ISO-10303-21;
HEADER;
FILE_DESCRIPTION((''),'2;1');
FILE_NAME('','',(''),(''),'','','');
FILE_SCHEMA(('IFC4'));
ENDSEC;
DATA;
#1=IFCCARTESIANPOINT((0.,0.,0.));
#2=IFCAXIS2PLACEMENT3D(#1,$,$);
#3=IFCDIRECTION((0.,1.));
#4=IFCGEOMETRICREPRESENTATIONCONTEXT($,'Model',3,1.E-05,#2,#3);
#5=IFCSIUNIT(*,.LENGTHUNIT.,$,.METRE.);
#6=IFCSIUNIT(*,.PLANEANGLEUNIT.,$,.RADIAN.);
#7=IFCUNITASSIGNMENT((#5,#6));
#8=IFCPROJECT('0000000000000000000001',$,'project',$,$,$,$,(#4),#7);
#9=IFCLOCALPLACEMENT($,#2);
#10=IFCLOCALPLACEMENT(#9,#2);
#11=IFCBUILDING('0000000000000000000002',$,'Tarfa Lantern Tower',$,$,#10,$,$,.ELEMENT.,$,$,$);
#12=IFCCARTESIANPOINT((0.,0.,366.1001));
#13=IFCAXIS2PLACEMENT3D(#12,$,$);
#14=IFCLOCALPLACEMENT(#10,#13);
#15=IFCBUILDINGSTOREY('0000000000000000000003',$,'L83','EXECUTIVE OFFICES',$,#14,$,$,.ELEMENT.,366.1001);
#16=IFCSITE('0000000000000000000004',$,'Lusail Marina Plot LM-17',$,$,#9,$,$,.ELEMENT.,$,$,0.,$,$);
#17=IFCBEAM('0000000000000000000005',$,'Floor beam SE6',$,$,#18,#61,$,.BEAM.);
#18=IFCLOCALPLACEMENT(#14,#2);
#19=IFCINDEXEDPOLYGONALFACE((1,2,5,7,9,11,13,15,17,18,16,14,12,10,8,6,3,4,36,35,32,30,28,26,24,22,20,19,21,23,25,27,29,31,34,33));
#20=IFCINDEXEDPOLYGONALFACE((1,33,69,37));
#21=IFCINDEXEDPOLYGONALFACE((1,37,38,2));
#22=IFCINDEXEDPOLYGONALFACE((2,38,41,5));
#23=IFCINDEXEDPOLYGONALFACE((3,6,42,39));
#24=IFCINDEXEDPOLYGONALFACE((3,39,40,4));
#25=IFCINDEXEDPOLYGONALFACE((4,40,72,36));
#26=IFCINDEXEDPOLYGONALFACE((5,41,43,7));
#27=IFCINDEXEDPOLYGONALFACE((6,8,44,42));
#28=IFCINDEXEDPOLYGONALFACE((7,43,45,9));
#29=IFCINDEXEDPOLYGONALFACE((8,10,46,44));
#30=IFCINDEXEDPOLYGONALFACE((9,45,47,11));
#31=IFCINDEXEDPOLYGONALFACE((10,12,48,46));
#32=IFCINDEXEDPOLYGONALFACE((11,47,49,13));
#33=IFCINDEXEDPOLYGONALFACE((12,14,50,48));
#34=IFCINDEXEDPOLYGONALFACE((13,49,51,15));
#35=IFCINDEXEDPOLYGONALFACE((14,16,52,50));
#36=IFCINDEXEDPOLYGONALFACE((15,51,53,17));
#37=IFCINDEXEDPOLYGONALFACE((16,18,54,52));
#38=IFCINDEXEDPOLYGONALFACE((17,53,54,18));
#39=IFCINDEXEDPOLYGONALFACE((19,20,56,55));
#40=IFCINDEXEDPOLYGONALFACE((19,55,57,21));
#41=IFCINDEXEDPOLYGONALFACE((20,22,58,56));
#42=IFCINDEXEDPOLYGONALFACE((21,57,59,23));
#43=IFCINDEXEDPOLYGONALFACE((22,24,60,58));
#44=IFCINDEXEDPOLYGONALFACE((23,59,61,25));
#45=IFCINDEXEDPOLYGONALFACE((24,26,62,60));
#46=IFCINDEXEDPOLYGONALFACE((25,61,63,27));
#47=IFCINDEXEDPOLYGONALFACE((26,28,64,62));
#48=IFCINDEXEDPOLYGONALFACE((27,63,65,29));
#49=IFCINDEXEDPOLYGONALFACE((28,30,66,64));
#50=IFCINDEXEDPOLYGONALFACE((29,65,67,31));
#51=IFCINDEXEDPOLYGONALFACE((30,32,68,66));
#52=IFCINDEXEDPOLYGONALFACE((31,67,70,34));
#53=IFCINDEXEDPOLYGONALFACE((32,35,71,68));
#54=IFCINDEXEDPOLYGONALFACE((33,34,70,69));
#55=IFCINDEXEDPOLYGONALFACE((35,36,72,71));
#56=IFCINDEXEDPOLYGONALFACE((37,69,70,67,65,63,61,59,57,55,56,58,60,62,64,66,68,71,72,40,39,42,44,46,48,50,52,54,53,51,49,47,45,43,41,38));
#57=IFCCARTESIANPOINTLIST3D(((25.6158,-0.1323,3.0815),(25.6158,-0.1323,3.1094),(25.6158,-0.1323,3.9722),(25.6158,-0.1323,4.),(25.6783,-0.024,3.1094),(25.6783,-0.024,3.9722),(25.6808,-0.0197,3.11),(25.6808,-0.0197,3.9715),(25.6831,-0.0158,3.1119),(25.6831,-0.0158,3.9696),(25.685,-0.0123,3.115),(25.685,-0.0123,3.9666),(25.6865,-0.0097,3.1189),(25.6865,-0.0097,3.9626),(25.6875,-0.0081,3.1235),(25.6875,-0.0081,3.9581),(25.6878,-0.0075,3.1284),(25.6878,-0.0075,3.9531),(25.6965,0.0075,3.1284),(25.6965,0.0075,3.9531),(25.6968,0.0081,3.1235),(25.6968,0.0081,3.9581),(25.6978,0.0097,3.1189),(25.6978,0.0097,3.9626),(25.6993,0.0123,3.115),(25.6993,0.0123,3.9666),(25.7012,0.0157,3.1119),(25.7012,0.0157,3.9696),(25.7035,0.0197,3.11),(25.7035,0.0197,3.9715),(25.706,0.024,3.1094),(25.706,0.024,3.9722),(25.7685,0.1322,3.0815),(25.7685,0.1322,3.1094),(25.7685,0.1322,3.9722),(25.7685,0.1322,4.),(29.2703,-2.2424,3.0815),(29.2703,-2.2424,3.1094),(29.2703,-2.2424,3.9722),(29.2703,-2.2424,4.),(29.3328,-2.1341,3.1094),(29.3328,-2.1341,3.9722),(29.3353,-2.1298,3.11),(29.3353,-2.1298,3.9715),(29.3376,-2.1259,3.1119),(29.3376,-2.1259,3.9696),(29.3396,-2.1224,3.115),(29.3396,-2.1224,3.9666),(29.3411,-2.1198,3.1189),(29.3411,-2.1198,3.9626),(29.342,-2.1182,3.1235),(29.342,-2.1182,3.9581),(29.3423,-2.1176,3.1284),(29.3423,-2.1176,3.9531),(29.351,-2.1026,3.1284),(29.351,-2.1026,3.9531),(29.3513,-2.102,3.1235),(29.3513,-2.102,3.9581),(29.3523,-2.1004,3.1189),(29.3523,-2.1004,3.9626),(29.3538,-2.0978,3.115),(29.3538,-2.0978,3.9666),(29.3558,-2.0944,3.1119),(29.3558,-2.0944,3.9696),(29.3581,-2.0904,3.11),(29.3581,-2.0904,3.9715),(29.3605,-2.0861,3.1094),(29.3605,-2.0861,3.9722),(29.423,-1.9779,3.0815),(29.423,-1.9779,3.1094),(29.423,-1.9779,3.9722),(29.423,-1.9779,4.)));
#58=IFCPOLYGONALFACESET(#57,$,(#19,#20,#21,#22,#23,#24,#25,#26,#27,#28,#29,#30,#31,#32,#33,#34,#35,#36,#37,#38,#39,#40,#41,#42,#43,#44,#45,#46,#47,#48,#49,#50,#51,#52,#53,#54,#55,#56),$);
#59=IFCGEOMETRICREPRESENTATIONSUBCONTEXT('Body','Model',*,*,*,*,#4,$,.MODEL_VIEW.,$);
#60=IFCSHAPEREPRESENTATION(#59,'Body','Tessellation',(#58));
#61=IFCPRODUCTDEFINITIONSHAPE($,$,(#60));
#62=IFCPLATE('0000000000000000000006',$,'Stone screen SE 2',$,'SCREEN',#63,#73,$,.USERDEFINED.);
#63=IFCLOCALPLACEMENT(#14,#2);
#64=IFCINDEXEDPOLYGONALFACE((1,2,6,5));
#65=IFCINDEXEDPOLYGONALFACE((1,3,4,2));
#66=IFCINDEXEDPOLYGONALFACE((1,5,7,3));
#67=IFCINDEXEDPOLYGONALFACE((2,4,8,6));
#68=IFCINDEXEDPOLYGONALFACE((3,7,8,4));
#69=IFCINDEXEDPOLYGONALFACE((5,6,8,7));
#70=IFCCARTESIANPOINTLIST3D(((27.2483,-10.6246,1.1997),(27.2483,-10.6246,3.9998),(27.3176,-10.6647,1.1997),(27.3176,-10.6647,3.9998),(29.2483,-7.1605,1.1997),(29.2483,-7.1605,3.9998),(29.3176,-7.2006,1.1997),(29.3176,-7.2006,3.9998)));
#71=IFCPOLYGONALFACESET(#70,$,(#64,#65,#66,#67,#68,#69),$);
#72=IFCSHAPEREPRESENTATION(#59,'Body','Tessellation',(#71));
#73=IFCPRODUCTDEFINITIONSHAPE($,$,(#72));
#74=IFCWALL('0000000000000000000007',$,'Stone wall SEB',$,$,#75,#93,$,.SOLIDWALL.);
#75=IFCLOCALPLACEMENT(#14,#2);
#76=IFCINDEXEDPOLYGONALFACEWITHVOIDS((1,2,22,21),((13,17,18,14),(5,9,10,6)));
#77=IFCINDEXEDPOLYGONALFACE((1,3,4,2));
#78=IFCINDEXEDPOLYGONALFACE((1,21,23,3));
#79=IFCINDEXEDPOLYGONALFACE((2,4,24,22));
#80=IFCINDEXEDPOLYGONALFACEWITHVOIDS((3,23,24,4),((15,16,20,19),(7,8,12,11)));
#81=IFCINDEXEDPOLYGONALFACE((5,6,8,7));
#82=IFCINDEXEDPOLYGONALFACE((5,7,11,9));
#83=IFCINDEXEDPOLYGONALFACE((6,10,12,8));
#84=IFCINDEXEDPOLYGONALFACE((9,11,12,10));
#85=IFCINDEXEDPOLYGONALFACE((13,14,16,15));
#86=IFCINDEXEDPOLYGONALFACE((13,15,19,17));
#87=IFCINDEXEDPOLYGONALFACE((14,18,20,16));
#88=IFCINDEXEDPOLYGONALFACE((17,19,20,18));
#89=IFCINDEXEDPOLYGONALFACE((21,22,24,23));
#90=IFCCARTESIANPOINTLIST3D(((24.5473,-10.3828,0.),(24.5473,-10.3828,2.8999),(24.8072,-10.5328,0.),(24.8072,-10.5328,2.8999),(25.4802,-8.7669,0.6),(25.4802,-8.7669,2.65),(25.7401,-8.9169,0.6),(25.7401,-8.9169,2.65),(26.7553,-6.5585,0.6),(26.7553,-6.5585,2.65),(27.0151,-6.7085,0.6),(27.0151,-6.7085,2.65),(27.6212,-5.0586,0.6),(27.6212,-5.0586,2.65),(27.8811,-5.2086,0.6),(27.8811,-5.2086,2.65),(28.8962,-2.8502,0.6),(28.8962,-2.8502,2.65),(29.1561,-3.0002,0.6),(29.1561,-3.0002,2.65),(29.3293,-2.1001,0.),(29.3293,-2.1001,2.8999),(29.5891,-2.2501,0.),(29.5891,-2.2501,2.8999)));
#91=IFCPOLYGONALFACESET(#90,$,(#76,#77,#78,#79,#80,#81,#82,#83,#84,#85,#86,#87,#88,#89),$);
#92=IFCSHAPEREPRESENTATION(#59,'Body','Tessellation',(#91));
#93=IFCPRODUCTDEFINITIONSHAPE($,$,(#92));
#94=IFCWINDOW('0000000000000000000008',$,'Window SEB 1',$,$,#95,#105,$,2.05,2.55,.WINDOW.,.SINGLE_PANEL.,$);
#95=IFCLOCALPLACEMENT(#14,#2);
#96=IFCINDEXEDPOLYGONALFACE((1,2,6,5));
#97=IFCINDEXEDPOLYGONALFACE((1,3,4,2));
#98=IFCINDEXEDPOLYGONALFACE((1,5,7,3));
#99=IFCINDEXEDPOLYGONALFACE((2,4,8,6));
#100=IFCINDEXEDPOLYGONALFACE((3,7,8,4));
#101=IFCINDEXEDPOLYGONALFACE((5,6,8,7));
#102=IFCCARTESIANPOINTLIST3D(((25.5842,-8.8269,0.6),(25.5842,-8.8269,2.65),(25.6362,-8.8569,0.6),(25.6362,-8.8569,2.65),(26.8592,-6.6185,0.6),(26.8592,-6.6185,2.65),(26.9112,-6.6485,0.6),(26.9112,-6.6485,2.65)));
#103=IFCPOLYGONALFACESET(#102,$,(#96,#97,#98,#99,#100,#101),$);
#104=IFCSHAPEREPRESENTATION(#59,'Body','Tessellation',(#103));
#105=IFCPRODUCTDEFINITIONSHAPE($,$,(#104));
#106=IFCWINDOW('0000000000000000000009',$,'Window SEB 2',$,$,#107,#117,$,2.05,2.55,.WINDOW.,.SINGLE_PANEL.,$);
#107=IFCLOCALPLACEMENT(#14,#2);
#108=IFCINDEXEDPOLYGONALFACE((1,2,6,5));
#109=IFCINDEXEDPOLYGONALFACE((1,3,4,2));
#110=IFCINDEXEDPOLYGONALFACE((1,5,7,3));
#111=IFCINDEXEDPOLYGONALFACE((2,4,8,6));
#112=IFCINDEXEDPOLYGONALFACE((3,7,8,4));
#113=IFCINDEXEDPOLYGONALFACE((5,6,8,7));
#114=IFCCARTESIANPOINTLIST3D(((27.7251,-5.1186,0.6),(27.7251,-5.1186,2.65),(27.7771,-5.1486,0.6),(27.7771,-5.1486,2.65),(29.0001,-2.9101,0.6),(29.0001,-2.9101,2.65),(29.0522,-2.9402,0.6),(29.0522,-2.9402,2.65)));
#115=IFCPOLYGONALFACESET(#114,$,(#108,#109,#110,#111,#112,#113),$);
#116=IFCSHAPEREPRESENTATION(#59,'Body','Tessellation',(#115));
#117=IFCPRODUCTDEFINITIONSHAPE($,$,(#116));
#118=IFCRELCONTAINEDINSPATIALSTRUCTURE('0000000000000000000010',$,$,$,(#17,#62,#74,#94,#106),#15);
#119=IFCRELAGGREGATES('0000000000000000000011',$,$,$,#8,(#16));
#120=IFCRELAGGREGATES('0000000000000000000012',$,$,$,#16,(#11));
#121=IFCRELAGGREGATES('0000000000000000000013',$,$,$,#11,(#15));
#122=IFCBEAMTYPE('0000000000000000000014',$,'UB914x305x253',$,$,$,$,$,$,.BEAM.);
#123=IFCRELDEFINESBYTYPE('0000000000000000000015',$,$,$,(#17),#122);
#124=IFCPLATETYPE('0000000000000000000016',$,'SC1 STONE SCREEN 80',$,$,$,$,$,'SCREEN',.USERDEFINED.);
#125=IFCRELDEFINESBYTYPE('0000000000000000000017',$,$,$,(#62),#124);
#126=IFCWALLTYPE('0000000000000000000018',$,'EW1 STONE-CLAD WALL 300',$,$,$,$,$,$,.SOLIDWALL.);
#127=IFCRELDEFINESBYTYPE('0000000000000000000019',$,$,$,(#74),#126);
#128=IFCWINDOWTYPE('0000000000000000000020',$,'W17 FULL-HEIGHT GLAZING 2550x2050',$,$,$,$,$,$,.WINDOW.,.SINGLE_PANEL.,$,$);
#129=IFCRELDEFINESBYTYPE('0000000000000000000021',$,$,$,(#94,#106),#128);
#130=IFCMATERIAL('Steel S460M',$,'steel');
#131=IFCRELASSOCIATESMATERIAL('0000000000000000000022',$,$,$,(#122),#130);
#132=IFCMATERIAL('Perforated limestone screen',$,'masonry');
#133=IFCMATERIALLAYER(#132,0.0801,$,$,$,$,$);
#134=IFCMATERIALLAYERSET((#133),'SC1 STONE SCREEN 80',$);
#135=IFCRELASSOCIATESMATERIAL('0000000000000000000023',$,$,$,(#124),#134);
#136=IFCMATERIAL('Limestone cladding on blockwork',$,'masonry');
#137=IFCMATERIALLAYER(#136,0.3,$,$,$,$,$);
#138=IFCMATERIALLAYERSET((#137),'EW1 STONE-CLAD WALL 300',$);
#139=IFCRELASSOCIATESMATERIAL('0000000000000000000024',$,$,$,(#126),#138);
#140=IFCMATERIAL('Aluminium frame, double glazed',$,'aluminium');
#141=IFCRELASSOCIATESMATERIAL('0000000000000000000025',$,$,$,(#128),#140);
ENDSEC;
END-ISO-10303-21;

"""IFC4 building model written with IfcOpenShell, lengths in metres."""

from ifc_helpers import new_model, si_unit, direction, frame, frame_2d, origin, origin_2d, place, context, subcontext, project, spatial, rectangle, i_section, extrude, material, layer, layer_set, material_profile, profile_set, type_object, element, fill, save


model = new_model("IFC4")

# Units and contexts
model_context = context("Model", 3, precision=1e-05, world=origin(), true_north=direction((0.0, 1.0)))
body_context = subcontext(model_context, "Body", "Model", "MODEL_VIEW")
ifc_project = project(units=[si_unit("LENGTHUNIT", "METRE"), si_unit("PLANEANGLEUNIT", "RADIAN")], contexts=[model_context])

# Site, building, storey
site_placement = place(None, origin())
site = spatial("IfcSite", under=ifc_project, at=site_placement, Name="Lusail Marina Plot LM-17", CompositionType="ELEMENT", RefElevation=0.0)
building_placement = place(site_placement, origin())
building = spatial("IfcBuilding", under=site, at=building_placement, Name="Tarfa Lantern Tower", CompositionType="ELEMENT")
storey_placement = place(building_placement, frame((0.0, 0.0, 366.1001)))
storey = spatial("IfcBuildingStorey", under=building, at=storey_placement, Name="L83", Description="EXECUTIVE OFFICES", CompositionType="ELEMENT", Elevation=366.1001)

# Beam
ifc_material_1 = material(Name="Steel S460M", Category="steel")
ifc_material_profile_1 = material_profile(ifc_material_1, i_section(OverallWidth=0.3054, OverallDepth=0.9185, WebThickness=0.0173, FlangeThickness=0.0278, FilletRadius=0.019, at=origin_2d()), Name="UB914x305x253")
ifc_profile_set_1 = profile_set([ifc_material_profile_1], Name="Steel S460M")
beam_type_1 = type_object("IfcBeamType", Name="UB914x305x253", PredefinedType="BEAM", material=ifc_profile_set_1)
beam_1_placement = place(storey_placement, frame((29.3467, -2.1101, 3.5408), z_axis=(-0.866009, 0.500028, 0.0), x_axis=(-0.500028, -0.866009, 0.0)))
element("IfcBeam", 1, at=beam_1_placement, inside=storey, type_object=beam_type_1, Name="Floor beam SE6", PredefinedType="BEAM", context=body_context, shape_type="SweptSolid", body=[
    extrude(i_section(OverallWidth=0.3054, OverallDepth=0.9185, WebThickness=0.0173, FlangeThickness=0.0278, FilletRadius=0.019, at=origin_2d()), origin(), (0.0, 0.0, 1.0), 4.22),
])

# Plate
ifc_material_2 = material(Name="Perforated limestone screen", Category="masonry")
ifc_layer_1 = layer(ifc_material_2, 0.0801)
ifc_layer_set_1 = layer_set([ifc_layer_1], Name="SC1 STONE SCREEN 80")
plate_type = type_object("IfcPlateType", Name="SC1 STONE SCREEN 80", ElementType="SCREEN", PredefinedType="USERDEFINED", material=ifc_layer_set_1)
plate_placement = place(storey_placement, frame((28.283, -8.9126, 1.1997), z_axis=(0.0, 0.0, 1.0), x_axis=(0.5, 0.866025, 0.0)))
element("IfcPlate", 2, at=plate_placement, inside=storey, type_object=plate_type, Name="Stone screen SE 2", ObjectType="SCREEN", PredefinedType="USERDEFINED", context=body_context, shape_type="SweptSolid", body=[
    extrude(rectangle(XDim=4.0, YDim=0.0801, at=origin_2d()), origin(), (0.0, 0.0, 1.0), 2.8),
])

# Wall, openings, windows
ifc_material_3 = material(Name="Limestone cladding on blockwork", Category="masonry")
ifc_layer_2 = layer(ifc_material_3, 0.3)
ifc_layer_set_2 = layer_set([ifc_layer_2], Name="EW1 STONE-CLAD WALL 300")
wall_type = type_object("IfcWallType", Name="EW1 STONE-CLAD WALL 300", PredefinedType="SOLIDWALL", material=ifc_layer_set_2)
wall_placement = place(storey_placement, frame((24.6772, -10.4578, 0.0), z_axis=(0.0, 0.0, 1.0), x_axis=(0.499996, 0.866027, 0.0)))
wall = element("IfcWall", 3, at=wall_placement, inside=storey, type_object=wall_type, Name="Stone wall SEB", PredefinedType="SOLIDWALL", context=body_context, shape_type="SweptSolid", body=[
    extrude(rectangle(XDim=9.564, YDim=0.3, at=frame_2d((4.782, 0.0))), origin(), (0.0, 0.0, 1.0), 2.8999),
])
opening_1_placement = place(wall_placement, frame((1.866, 0.0, 0.6001)))
opening_1 = element("IfcOpeningElement", 4, at=opening_1_placement, cuts=wall, PredefinedType="OPENING", context=body_context, shape_type="SweptSolid", body=[
    extrude(rectangle(XDim=2.55, YDim=2.05, at=frame_2d((1.2749, 1.0249))), frame((0.0, 0.1599, 0.0), z_axis=(0.0, -1.0, 0.0), x_axis=(1.0, 0.0, 0.0)), (0.0, 0.0, 1.0), 0.3201),
])
opening_2_placement = place(wall_placement, frame((6.1479, 0.0, 0.6001)))
opening_2 = element("IfcOpeningElement", 5, at=opening_2_placement, cuts=wall, PredefinedType="OPENING", context=body_context, shape_type="SweptSolid", body=[
    extrude(rectangle(XDim=2.55, YDim=2.05, at=frame_2d((1.2749, 1.0249))), frame((0.0, 0.1599, 0.0), z_axis=(0.0, -1.0, 0.0), x_axis=(1.0, 0.0, 0.0)), (0.0, 0.0, 1.0), 0.3201),
])
ifc_material_4 = material(Name="Aluminium frame, double glazed", Category="aluminium")
window_type = type_object("IfcWindowType", Name="W17 FULL-HEIGHT GLAZING 2550x2050", PartitioningType="SINGLE_PANEL", PredefinedType="WINDOW", material=ifc_material_4)
window_1_placement = place(opening_1_placement, origin())
window_1 = element("IfcWindow", 6, at=window_1_placement, inside=storey, type_object=window_type, Name="Window SEB 1", OverallHeight=2.05, OverallWidth=2.55, PartitioningType="SINGLE_PANEL", PredefinedType="WINDOW", context=body_context, shape_type="SweptSolid", body=[
    extrude(rectangle(XDim=2.55, YDim=2.05, at=frame_2d((1.2749, 1.0249))), frame((0.0, 0.03, 0.0), z_axis=(0.0, -1.0, 0.0), x_axis=(1.0, 0.0, 0.0)), (0.0, 0.0, 1.0), 0.0601),
])
fill(opening_1, window_1)
window_2_placement = place(opening_2_placement, origin())
window_2 = element("IfcWindow", 7, at=window_2_placement, inside=storey, type_object=window_type, Name="Window SEB 2", OverallHeight=2.05, OverallWidth=2.55, PartitioningType="SINGLE_PANEL", PredefinedType="WINDOW", context=body_context, shape_type="SweptSolid", body=[
    extrude(rectangle(XDim=2.55, YDim=2.05, at=frame_2d((1.2749, 1.0249))), frame((0.0, 0.03, 0.0), z_axis=(0.0, -1.0, 0.0), x_axis=(1.0, 0.0, 0.0)), (0.0, 0.0, 1.0), 0.0601),
])
fill(opening_2, window_2)

save(model, "model.ifc")
